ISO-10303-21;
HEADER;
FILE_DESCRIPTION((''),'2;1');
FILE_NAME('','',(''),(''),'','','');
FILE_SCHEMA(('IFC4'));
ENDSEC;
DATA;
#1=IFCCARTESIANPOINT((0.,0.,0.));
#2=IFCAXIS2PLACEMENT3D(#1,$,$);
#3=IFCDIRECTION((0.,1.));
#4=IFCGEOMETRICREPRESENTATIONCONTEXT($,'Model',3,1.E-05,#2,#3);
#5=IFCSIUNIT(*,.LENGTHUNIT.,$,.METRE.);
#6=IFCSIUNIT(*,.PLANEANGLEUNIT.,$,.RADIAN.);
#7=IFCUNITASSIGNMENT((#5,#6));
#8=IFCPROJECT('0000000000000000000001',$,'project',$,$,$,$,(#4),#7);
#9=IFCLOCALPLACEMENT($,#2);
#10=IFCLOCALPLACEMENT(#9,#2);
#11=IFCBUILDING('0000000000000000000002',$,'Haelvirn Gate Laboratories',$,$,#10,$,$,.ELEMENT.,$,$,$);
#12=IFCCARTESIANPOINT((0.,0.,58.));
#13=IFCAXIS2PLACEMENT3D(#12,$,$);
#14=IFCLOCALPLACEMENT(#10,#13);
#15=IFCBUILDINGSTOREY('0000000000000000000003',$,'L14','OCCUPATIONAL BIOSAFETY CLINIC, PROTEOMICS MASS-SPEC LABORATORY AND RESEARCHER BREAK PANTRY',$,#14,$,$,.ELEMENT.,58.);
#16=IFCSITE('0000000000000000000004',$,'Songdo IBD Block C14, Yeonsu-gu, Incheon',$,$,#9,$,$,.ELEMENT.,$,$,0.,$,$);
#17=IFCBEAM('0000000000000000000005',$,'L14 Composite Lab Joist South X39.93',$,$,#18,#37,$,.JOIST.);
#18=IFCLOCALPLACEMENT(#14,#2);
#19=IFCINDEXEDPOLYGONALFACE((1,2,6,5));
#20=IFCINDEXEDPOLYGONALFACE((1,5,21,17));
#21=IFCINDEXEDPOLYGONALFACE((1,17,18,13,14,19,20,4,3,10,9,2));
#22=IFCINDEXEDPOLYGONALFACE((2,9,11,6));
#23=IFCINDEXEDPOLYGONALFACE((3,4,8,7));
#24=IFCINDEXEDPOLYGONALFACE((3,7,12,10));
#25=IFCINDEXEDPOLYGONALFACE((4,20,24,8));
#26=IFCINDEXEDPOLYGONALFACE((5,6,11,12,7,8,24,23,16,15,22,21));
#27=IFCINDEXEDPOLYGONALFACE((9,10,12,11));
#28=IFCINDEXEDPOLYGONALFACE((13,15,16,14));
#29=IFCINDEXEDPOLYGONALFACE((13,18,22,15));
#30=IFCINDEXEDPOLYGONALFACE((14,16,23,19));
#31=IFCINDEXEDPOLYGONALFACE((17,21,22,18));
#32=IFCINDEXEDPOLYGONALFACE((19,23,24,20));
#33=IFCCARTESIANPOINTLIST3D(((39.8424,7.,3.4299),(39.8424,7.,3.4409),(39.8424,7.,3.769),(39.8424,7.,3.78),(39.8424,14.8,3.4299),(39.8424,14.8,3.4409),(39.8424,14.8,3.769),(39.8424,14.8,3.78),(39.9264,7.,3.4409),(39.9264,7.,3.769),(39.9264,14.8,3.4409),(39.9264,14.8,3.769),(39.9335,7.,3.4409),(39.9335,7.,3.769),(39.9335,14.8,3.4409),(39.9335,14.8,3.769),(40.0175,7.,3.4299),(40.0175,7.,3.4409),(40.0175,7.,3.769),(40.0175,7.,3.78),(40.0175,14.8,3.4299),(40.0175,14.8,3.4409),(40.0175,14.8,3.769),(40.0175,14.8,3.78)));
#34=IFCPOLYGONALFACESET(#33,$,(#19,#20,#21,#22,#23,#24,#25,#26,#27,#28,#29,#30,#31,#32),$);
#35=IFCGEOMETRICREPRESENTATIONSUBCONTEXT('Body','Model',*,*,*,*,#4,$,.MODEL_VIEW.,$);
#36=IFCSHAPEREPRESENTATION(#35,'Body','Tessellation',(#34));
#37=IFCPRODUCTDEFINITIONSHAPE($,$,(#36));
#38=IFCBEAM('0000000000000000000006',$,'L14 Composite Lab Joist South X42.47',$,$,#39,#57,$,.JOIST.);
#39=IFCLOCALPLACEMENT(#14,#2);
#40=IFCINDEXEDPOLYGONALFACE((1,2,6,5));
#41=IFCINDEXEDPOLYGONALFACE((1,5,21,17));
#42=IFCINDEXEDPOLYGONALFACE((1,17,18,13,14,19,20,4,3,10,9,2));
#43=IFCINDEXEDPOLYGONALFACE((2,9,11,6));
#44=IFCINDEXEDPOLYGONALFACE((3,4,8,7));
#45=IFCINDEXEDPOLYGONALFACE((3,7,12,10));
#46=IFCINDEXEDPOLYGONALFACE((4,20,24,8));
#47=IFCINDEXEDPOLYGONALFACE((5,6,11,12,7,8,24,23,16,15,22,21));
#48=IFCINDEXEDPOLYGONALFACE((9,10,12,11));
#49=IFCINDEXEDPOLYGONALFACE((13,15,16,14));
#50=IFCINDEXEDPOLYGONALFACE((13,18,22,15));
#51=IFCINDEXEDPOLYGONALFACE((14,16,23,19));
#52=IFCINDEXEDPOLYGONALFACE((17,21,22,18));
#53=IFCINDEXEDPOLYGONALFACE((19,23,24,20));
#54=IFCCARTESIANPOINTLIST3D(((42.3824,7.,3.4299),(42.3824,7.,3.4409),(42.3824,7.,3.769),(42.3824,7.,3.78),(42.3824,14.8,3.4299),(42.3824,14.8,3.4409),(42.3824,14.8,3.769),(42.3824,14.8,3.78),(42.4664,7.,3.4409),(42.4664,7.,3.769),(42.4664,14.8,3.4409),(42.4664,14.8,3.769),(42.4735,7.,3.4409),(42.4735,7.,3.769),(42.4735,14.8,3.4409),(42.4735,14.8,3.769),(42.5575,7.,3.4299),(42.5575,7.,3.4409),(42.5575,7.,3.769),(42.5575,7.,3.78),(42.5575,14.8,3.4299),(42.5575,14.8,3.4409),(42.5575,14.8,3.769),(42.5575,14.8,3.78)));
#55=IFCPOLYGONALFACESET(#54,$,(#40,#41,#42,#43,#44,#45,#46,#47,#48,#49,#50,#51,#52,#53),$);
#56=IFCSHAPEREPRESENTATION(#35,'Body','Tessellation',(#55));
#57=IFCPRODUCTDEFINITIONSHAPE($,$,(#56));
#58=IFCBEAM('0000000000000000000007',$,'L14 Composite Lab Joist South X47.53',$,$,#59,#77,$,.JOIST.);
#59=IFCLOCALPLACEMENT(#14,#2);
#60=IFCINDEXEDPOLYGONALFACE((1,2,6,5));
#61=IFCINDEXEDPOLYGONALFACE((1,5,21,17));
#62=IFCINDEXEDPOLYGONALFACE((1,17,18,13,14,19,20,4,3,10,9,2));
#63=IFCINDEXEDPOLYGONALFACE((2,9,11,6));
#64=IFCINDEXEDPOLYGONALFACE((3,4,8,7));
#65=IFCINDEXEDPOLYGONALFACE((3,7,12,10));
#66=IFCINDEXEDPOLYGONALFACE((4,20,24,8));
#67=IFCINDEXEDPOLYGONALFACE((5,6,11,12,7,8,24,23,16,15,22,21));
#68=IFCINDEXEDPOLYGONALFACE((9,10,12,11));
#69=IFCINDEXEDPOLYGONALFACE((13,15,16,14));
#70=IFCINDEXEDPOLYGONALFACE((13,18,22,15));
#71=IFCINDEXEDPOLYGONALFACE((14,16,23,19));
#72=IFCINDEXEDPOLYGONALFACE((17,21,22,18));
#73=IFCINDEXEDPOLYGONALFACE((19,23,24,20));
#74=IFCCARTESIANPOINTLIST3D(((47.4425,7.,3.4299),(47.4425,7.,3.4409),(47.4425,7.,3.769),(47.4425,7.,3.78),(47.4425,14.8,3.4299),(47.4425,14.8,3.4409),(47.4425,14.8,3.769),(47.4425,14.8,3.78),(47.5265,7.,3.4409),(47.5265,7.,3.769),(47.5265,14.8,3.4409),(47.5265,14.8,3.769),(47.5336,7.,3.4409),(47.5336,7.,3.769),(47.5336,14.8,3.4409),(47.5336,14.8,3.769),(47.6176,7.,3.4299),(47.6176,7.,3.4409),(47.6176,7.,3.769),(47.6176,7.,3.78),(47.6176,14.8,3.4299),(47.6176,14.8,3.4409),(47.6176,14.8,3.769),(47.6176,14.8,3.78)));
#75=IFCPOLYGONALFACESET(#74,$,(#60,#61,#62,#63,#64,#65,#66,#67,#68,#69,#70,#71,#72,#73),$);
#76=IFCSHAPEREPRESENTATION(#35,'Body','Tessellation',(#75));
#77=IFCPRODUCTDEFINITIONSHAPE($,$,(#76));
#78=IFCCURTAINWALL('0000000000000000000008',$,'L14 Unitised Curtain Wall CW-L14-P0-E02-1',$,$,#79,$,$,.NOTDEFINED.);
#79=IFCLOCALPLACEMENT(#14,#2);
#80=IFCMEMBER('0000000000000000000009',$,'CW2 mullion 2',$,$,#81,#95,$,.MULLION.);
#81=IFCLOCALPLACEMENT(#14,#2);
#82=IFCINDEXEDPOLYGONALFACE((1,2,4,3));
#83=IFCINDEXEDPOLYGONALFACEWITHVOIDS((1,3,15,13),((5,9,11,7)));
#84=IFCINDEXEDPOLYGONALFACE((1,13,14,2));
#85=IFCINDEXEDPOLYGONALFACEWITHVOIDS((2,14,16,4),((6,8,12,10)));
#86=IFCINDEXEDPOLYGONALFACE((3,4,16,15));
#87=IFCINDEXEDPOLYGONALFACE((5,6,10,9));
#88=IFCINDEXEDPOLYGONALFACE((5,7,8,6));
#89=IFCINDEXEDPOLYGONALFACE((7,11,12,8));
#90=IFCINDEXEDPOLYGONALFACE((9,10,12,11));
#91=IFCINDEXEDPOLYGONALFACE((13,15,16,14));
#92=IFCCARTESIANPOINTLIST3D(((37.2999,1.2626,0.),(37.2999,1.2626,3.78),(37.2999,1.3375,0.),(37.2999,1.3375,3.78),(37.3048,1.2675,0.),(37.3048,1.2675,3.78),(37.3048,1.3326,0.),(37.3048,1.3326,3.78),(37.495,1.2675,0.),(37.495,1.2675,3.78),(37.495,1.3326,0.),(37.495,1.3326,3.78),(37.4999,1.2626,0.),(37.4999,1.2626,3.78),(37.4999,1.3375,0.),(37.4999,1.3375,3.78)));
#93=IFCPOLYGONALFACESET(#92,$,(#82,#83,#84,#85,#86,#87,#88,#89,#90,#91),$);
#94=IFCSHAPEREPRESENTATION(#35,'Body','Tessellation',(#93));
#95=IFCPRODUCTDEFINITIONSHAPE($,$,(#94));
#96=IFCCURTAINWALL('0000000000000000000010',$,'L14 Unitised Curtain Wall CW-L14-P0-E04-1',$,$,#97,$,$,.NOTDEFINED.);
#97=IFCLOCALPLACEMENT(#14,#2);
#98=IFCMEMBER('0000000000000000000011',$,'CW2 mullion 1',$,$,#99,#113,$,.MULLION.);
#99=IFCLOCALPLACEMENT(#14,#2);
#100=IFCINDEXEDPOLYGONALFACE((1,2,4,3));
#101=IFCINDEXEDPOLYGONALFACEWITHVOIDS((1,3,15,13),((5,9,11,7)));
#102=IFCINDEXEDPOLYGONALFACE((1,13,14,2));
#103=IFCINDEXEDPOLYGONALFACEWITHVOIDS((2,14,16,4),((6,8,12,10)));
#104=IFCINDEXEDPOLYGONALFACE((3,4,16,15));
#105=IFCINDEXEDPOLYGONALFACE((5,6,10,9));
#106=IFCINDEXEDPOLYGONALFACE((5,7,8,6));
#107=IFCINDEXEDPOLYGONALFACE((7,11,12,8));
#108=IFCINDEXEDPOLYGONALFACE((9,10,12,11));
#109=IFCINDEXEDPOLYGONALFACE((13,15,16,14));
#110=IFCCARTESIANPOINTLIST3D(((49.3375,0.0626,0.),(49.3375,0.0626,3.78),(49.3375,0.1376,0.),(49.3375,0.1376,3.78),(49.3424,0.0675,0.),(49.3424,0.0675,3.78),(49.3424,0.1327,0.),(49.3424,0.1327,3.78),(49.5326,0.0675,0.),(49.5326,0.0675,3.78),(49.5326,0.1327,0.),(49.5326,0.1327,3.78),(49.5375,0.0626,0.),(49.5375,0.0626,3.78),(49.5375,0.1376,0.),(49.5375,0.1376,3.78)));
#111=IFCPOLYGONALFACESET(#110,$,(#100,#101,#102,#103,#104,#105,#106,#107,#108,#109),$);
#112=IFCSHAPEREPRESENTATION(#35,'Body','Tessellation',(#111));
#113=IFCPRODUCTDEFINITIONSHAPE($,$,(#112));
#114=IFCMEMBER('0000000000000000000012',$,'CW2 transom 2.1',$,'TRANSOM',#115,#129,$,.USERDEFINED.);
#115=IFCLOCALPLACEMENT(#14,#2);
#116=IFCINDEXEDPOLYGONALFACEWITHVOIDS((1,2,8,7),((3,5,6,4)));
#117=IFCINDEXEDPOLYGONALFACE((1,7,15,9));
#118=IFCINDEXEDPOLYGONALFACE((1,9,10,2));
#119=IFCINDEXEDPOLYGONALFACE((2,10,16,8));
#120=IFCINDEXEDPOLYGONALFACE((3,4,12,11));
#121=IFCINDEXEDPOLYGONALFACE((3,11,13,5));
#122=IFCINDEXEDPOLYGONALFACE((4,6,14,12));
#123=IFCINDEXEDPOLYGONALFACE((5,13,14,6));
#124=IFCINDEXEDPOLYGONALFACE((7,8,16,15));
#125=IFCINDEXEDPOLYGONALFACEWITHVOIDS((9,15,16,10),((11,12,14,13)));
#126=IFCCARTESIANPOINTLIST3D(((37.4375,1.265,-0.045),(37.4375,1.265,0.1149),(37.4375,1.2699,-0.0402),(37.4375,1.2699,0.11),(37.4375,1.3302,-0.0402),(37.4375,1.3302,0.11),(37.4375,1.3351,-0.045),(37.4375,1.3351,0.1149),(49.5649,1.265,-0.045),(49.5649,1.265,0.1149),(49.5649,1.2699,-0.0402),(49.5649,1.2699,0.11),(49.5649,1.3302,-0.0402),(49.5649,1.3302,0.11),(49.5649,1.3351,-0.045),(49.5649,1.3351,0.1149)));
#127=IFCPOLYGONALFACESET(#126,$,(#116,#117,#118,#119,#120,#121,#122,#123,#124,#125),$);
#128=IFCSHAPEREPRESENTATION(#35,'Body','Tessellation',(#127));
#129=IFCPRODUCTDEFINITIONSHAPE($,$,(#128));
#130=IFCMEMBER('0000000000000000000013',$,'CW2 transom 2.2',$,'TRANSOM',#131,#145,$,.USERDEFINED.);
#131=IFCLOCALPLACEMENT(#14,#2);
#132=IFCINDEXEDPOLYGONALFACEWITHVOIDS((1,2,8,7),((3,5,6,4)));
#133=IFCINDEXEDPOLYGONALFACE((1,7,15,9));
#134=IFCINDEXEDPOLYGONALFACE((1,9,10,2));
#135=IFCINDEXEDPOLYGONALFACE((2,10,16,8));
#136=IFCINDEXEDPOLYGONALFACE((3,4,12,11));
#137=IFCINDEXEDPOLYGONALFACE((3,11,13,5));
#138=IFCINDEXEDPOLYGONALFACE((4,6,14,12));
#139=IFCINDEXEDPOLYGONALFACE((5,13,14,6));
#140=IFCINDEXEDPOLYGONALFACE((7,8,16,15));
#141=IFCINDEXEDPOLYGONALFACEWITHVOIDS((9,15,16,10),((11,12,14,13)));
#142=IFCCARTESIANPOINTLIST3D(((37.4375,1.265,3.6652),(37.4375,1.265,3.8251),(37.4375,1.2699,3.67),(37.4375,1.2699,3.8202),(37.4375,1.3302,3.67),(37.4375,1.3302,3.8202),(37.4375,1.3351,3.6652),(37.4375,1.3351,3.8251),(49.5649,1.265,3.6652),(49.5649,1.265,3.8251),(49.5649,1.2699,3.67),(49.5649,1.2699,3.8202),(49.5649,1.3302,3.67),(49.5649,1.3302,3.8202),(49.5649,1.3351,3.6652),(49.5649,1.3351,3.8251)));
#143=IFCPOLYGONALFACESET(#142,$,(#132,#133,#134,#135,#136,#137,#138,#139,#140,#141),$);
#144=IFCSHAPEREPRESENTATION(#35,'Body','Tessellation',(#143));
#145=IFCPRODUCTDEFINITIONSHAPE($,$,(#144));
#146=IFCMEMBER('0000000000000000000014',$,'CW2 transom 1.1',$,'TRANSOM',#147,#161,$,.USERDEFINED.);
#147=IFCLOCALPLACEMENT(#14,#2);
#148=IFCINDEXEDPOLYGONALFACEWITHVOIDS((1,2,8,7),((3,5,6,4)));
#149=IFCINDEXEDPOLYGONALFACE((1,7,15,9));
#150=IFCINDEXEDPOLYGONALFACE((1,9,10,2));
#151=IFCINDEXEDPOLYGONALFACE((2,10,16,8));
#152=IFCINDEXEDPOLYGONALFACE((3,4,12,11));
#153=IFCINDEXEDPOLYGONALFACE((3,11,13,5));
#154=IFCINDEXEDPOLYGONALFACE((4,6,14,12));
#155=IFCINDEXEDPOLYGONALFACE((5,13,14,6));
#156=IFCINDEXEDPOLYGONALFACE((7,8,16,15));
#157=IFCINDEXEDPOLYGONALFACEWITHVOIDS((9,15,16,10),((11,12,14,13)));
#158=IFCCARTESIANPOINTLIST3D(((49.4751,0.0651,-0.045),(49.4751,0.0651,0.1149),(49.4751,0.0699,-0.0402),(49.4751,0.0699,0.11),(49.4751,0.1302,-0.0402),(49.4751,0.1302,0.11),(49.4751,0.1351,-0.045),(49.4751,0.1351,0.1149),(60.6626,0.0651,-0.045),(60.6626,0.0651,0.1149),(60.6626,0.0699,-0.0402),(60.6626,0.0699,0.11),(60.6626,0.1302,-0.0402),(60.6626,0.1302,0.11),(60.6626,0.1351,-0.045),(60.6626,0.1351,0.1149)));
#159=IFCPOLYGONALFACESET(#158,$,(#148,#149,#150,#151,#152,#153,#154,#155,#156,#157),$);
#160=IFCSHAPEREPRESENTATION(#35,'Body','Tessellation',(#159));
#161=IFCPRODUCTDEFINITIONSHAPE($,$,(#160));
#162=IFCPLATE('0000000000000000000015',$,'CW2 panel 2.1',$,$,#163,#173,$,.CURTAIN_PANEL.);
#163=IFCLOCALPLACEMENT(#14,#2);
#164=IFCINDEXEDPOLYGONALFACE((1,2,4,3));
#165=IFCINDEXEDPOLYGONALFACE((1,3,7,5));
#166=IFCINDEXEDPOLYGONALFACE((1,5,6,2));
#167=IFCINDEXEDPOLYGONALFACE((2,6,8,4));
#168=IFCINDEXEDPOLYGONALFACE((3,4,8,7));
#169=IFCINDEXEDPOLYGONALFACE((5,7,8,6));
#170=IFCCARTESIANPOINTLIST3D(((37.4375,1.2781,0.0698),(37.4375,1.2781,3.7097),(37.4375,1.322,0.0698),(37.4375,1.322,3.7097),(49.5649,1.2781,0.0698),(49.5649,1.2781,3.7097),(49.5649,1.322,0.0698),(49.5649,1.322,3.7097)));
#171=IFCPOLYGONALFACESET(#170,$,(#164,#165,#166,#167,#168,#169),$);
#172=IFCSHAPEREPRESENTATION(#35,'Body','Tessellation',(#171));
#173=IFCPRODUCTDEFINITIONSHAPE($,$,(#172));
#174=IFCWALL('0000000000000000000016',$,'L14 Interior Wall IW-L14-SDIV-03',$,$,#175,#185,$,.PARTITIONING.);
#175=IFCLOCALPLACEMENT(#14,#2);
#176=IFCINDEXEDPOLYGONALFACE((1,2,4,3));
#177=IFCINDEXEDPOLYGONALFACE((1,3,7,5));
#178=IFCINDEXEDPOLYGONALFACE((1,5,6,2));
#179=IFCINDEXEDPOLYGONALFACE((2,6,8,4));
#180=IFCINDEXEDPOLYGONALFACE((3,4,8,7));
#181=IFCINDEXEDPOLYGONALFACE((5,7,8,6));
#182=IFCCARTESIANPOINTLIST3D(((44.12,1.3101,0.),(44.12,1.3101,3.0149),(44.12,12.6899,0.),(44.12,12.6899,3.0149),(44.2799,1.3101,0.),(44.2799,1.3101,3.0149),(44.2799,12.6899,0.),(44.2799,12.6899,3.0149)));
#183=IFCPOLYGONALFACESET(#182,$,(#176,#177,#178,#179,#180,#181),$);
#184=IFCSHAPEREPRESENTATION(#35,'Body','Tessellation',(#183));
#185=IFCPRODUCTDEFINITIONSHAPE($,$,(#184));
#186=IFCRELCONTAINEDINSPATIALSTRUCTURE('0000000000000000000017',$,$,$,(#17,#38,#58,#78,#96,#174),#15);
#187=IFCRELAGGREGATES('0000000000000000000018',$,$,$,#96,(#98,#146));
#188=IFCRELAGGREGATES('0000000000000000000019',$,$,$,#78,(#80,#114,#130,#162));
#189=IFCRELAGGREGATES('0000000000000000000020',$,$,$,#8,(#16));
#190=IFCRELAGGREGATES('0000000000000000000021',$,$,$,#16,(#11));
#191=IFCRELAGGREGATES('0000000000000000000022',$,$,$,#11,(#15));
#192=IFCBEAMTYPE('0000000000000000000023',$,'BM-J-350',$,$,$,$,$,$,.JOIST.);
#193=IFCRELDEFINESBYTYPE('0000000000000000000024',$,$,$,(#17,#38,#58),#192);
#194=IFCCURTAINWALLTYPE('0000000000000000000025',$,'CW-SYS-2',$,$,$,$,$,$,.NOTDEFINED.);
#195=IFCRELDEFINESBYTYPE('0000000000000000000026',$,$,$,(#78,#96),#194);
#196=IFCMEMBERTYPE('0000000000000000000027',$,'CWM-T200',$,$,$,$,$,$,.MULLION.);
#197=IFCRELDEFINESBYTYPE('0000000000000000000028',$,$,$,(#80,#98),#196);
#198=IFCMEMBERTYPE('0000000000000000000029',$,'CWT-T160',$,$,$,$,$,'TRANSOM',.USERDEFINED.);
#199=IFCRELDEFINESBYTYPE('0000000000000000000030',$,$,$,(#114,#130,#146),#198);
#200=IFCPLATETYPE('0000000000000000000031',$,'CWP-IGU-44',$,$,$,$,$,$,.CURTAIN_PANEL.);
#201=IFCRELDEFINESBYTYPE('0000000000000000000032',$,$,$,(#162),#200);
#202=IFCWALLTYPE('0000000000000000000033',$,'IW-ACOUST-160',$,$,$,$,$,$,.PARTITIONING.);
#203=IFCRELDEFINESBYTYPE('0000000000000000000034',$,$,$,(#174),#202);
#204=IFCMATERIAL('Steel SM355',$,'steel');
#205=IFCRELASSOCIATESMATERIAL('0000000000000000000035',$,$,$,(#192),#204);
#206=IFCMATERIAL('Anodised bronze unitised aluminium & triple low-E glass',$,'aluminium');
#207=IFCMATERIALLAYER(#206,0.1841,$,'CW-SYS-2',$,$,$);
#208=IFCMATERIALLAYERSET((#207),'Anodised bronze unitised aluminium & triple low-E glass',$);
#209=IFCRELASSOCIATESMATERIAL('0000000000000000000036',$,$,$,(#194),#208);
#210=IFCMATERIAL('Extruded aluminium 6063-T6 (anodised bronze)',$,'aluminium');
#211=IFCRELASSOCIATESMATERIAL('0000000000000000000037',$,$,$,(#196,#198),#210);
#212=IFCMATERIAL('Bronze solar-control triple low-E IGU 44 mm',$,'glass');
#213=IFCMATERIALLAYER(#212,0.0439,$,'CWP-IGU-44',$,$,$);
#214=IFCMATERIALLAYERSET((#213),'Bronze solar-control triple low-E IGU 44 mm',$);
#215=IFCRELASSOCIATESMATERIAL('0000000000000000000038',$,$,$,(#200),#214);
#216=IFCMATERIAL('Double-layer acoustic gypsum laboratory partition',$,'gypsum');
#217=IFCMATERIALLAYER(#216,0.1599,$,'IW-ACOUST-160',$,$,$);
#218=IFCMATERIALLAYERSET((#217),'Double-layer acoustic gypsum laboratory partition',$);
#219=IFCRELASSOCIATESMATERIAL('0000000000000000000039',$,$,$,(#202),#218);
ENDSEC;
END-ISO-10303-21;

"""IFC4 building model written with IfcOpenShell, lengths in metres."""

from ifc_helpers import new_model, si_unit, direction, frame, frame_2d, origin, origin_2d, place, context, subcontext, project, spatial, rectangle, hollow_rectangle, i_section, extrude, source, transform, mapped, material, layer, layer_set, material_profile, profile_set, type_object, type_shapes, element, aggregate, save


model = new_model("IFC4")

# Units and contexts
model_context = context("Model", 3, precision=1e-05, world=origin(), true_north=direction((0.0, 1.0)))
body_context = subcontext(model_context, "Body", "Model", "MODEL_VIEW")
ifc_project = project(units=[si_unit("LENGTHUNIT", "METRE"), si_unit("PLANEANGLEUNIT", "RADIAN")], contexts=[model_context])

# Site, building, storey
site_placement = place(None, origin())
site = spatial("IfcSite", under=ifc_project, at=site_placement, Name="Songdo IBD Block C14, Yeonsu-gu, Incheon", CompositionType="ELEMENT", RefElevation=0.0)
building_placement = place(site_placement, origin())
building = spatial("IfcBuilding", under=site, at=building_placement, Name="Haelvirn Gate Laboratories", CompositionType="ELEMENT")
storey_placement = place(building_placement, frame((0.0, 0.0, 58.0)))
storey = spatial("IfcBuildingStorey", under=building, at=storey_placement, Name="L14", Description="OCCUPATIONAL BIOSAFETY CLINIC, PROTEOMICS MASS-SPEC LABORATORY AND RESEARCHER BREAK PANTRY", CompositionType="ELEMENT", Elevation=58.0)

# Beams
ifc_material_1 = material(Name="Steel SM355", Category="steel")
ifc_material_profile_1 = material_profile(ifc_material_1, i_section(OverallWidth=0.175, OverallDepth=0.3501, WebThickness=0.0071, FlangeThickness=0.011, at=origin_2d()), Name="H-350x175x7x11")
ifc_profile_set_1 = profile_set([ifc_material_profile_1], Name="Steel SM355")
beam_type_1 = type_object("IfcBeamType", Name="BM-J-350", PredefinedType="JOIST", material=ifc_profile_set_1)
shared_shape_1 = source(origin(), body_context, "Body", "SweptSolid", [
    extrude(i_section(OverallWidth=0.175, OverallDepth=0.3501, WebThickness=0.0071, FlangeThickness=0.011, at=origin_2d()), origin(), (0.0, 0.0, 1.0), 7.8),
])
type_shapes(beam_type_1, [shared_shape_1])
for number, where, z_axis, x_axis, name in (
    (1, (39.9299, 7.0, 3.605), (0.0, 1.0, 0.0), (-1.0, 0.0, 0.0), "L14 Composite Lab Joist South X39.93"),
    (2, (42.47, 7.0, 3.605), (0.0, 1.0, 0.0), (-1.0, 0.0, 0.0), "L14 Composite Lab Joist South X42.47"),
    (3, (47.53, 7.0, 3.605), (0.0, 1.0, 0.0), (-1.0, 0.0, 0.0), "L14 Composite Lab Joist South X47.53"),
):
    element("IfcBeam", number, at=place(storey_placement, frame(where, z_axis=z_axis, x_axis=x_axis)), inside=storey, type_object=beam_type_1, Name=name, PredefinedType="JOIST", context=body_context, shape_type="MappedRepresentation", body=[
        mapped(shared_shape_1, transform((0.0, 0.0, 0.0), scale=1.0)),
    ])

# Curtain walls, members
ifc_material_2 = material(Name="Anodised bronze unitised aluminium & triple low-E glass", Category="aluminium")
ifc_layer_1 = layer(ifc_material_2, 0.1841, Name="CW-SYS-2")
ifc_layer_set_1 = layer_set([ifc_layer_1], Name="Anodised bronze unitised aluminium & triple low-E glass")
curtain_wall_type = type_object("IfcCurtainWallType", Name="CW-SYS-2", PredefinedType="NOTDEFINED", material=ifc_layer_set_1)
curtain_wall_1_placement = place(storey_placement, origin())
curtain_wall_1 = element("IfcCurtainWall", 4, at=curtain_wall_1_placement, inside=storey, type_object=curtain_wall_type, Name="L14 Unitised Curtain Wall CW-L14-P0-E02-1", PredefinedType="NOTDEFINED")
ifc_material_3 = material(Name="Extruded aluminium 6063-T6 (anodised bronze)", Category="aluminium")
ifc_material_profile_2 = material_profile(ifc_material_3, hollow_rectangle(XDim=0.075, YDim=0.2, WallThickness=0.0049, at=origin_2d()), Name="CWM-200x75x5")
ifc_profile_set_2 = profile_set([ifc_material_profile_2], Name="Extruded aluminium 6063-T6 (anodised bronze)")
member_type_1 = type_object("IfcMemberType", Name="CWM-T200", PredefinedType="MULLION", material=ifc_profile_set_2)
shared_shape_2 = source(origin(), body_context, "Body", "SweptSolid", [
    extrude(hollow_rectangle(XDim=0.075, YDim=0.2, WallThickness=0.0049, at=origin_2d()), origin(), (0.0, 0.0, 1.0), 3.78),
])
type_shapes(member_type_1, [shared_shape_2])
member_1_placement = place(storey_placement, frame((37.3999, 1.3, 0.0), z_axis=(0.0, 0.0, 1.0), x_axis=(0.0, 1.0, 0.0)))
member_1 = element("IfcMember", 5, at=member_1_placement, type_object=member_type_1, Name="CW2 mullion 2", PredefinedType="MULLION", context=body_context, shape_type="MappedRepresentation", body=[
    mapped(shared_shape_2, transform((0.0, 0.0, 0.0), scale=1.0)),
])
curtain_wall_2_placement = place(storey_placement, origin())
curtain_wall_2 = element("IfcCurtainWall", 6, at=curtain_wall_2_placement, inside=storey, type_object=curtain_wall_type, Name="L14 Unitised Curtain Wall CW-L14-P0-E04-1", PredefinedType="NOTDEFINED")
member_2_placement = place(storey_placement, frame((49.4375, 0.1001, 0.0), z_axis=(0.0, 0.0, 1.0), x_axis=(0.0, 1.0, 0.0)))
member_2 = element("IfcMember", 7, at=member_2_placement, type_object=member_type_1, Name="CW2 mullion 1", PredefinedType="MULLION", context=body_context, shape_type="MappedRepresentation", body=[
    mapped(shared_shape_2, transform((0.0, 0.0, 0.0), scale=1.0)),
])

# Members
ifc_material_profile_3 = material_profile(ifc_material_3, hollow_rectangle(XDim=0.0701, YDim=0.1599, WallThickness=0.0049, at=origin_2d()), Name="CWT-160x70x5")
ifc_profile_set_3 = profile_set([ifc_material_profile_3], Name="Extruded aluminium 6063-T6 (anodised bronze)")
member_type_2 = type_object("IfcMemberType", Name="CWT-T160", ElementType="TRANSOM", PredefinedType="USERDEFINED", material=ifc_profile_set_3)
shared_shape_3 = source(origin(), body_context, "Body", "SweptSolid", [
    extrude(hollow_rectangle(XDim=0.0701, YDim=0.1599, WallThickness=0.0049, at=origin_2d()), origin(), (0.0, 0.0, 1.0), 12.1274),
])
member_3_placement = place(storey_placement, frame((37.4375, 1.3, 0.0349), z_axis=(1.0, 0.0, 0.0), x_axis=(0.0, 1.0, 0.0)))
member_3 = element("IfcMember", 8, at=member_3_placement, type_object=member_type_2, Name="CW2 transom 2.1", ObjectType="TRANSOM", PredefinedType="USERDEFINED", context=body_context, shape_type="MappedRepresentation", body=[
    mapped(shared_shape_3, transform((0.0, 0.0, 0.0), scale=1.0)),
])
member_4_placement = place(storey_placement, frame((37.4375, 1.3, 3.7451), z_axis=(1.0, 0.0, 0.0), x_axis=(0.0, 1.0, 0.0)))
member_4 = element("IfcMember", 9, at=member_4_placement, type_object=member_type_2, Name="CW2 transom 2.2", ObjectType="TRANSOM", PredefinedType="USERDEFINED", context=body_context, shape_type="MappedRepresentation", body=[
    mapped(shared_shape_3, transform((0.0, 0.0, 0.0), scale=1.0)),
])
shared_shape_4 = source(origin(), body_context, "Body", "SweptSolid", [
    extrude(hollow_rectangle(XDim=0.0701, YDim=0.1599, WallThickness=0.0049, at=origin_2d()), origin(), (0.0, 0.0, 1.0), 11.1875),
])
type_shapes(member_type_2, [shared_shape_3, shared_shape_4])
member_5_placement = place(storey_placement, frame((49.4751, 0.1001, 0.0349), z_axis=(1.0, 0.0, 0.0), x_axis=(0.0, 1.0, 0.0)))
member_5 = element("IfcMember", 10, at=member_5_placement, type_object=member_type_2, Name="CW2 transom 1.1", ObjectType="TRANSOM", PredefinedType="USERDEFINED", context=body_context, shape_type="MappedRepresentation", body=[
    mapped(shared_shape_4, transform((0.0, 0.0, 0.0), scale=1.0)),
])
aggregate(curtain_wall_2, [member_2, member_5])

# Plate
ifc_material_4 = material(Name="Bronze solar-control triple low-E IGU 44 mm", Category="glass")
ifc_layer_2 = layer(ifc_material_4, 0.0439, Name="CWP-IGU-44")
ifc_layer_set_2 = layer_set([ifc_layer_2], Name="Bronze solar-control triple low-E IGU 44 mm")
plate_type = type_object("IfcPlateType", Name="CWP-IGU-44", PredefinedType="CURTAIN_PANEL", material=ifc_layer_set_2)
shared_shape_5 = source(origin(), body_context, "Body", "SweptSolid", [
    extrude(rectangle(XDim=12.1274, YDim=0.0439, at=origin_2d()), origin(), (0.0, 0.0, 1.0), 3.6399),
])
type_shapes(plate_type, [shared_shape_5])
plate_placement = place(storey_placement, frame((43.5012, 1.3, 0.0698), z_axis=(0.0, 0.0, 1.0), x_axis=(1.0, 0.0, 0.0)))
plate = element("IfcPlate", 11, at=plate_placement, type_object=plate_type, Name="CW2 panel 2.1", PredefinedType="CURTAIN_PANEL", context=body_context, shape_type="MappedRepresentation", body=[
    mapped(shared_shape_5, transform((0.0, 0.0, 0.0), scale=1.0)),
])
aggregate(curtain_wall_1, [member_1, member_3, member_4, plate])

# Wall
ifc_material_5 = material(Name="Double-layer acoustic gypsum laboratory partition", Category="gypsum")
ifc_layer_3 = layer(ifc_material_5, 0.1599, Name="IW-ACOUST-160")
ifc_layer_set_3 = layer_set([ifc_layer_3], Name="Double-layer acoustic gypsum laboratory partition")
wall_type_1 = type_object("IfcWallType", Name="IW-ACOUST-160", PredefinedType="PARTITIONING", material=ifc_layer_set_3)
wall_1_placement = place(storey_placement, frame((44.2, 1.3101, 0.0), z_axis=(0.0, 0.0, 1.0), x_axis=(0.0, 1.0, 0.0)))
element("IfcWall", 12, at=wall_1_placement, inside=storey, type_object=wall_type_1, Name="L14 Interior Wall IW-L14-SDIV-03", PredefinedType="PARTITIONING", context=body_context, shape_type="SweptSolid", body=[
    extrude(rectangle(XDim=11.3799, YDim=0.1599, at=frame_2d((5.6899, 0.0))), origin(), (0.0, 0.0, 1.0), 3.0149),
])

save(model, "model.ifc")
